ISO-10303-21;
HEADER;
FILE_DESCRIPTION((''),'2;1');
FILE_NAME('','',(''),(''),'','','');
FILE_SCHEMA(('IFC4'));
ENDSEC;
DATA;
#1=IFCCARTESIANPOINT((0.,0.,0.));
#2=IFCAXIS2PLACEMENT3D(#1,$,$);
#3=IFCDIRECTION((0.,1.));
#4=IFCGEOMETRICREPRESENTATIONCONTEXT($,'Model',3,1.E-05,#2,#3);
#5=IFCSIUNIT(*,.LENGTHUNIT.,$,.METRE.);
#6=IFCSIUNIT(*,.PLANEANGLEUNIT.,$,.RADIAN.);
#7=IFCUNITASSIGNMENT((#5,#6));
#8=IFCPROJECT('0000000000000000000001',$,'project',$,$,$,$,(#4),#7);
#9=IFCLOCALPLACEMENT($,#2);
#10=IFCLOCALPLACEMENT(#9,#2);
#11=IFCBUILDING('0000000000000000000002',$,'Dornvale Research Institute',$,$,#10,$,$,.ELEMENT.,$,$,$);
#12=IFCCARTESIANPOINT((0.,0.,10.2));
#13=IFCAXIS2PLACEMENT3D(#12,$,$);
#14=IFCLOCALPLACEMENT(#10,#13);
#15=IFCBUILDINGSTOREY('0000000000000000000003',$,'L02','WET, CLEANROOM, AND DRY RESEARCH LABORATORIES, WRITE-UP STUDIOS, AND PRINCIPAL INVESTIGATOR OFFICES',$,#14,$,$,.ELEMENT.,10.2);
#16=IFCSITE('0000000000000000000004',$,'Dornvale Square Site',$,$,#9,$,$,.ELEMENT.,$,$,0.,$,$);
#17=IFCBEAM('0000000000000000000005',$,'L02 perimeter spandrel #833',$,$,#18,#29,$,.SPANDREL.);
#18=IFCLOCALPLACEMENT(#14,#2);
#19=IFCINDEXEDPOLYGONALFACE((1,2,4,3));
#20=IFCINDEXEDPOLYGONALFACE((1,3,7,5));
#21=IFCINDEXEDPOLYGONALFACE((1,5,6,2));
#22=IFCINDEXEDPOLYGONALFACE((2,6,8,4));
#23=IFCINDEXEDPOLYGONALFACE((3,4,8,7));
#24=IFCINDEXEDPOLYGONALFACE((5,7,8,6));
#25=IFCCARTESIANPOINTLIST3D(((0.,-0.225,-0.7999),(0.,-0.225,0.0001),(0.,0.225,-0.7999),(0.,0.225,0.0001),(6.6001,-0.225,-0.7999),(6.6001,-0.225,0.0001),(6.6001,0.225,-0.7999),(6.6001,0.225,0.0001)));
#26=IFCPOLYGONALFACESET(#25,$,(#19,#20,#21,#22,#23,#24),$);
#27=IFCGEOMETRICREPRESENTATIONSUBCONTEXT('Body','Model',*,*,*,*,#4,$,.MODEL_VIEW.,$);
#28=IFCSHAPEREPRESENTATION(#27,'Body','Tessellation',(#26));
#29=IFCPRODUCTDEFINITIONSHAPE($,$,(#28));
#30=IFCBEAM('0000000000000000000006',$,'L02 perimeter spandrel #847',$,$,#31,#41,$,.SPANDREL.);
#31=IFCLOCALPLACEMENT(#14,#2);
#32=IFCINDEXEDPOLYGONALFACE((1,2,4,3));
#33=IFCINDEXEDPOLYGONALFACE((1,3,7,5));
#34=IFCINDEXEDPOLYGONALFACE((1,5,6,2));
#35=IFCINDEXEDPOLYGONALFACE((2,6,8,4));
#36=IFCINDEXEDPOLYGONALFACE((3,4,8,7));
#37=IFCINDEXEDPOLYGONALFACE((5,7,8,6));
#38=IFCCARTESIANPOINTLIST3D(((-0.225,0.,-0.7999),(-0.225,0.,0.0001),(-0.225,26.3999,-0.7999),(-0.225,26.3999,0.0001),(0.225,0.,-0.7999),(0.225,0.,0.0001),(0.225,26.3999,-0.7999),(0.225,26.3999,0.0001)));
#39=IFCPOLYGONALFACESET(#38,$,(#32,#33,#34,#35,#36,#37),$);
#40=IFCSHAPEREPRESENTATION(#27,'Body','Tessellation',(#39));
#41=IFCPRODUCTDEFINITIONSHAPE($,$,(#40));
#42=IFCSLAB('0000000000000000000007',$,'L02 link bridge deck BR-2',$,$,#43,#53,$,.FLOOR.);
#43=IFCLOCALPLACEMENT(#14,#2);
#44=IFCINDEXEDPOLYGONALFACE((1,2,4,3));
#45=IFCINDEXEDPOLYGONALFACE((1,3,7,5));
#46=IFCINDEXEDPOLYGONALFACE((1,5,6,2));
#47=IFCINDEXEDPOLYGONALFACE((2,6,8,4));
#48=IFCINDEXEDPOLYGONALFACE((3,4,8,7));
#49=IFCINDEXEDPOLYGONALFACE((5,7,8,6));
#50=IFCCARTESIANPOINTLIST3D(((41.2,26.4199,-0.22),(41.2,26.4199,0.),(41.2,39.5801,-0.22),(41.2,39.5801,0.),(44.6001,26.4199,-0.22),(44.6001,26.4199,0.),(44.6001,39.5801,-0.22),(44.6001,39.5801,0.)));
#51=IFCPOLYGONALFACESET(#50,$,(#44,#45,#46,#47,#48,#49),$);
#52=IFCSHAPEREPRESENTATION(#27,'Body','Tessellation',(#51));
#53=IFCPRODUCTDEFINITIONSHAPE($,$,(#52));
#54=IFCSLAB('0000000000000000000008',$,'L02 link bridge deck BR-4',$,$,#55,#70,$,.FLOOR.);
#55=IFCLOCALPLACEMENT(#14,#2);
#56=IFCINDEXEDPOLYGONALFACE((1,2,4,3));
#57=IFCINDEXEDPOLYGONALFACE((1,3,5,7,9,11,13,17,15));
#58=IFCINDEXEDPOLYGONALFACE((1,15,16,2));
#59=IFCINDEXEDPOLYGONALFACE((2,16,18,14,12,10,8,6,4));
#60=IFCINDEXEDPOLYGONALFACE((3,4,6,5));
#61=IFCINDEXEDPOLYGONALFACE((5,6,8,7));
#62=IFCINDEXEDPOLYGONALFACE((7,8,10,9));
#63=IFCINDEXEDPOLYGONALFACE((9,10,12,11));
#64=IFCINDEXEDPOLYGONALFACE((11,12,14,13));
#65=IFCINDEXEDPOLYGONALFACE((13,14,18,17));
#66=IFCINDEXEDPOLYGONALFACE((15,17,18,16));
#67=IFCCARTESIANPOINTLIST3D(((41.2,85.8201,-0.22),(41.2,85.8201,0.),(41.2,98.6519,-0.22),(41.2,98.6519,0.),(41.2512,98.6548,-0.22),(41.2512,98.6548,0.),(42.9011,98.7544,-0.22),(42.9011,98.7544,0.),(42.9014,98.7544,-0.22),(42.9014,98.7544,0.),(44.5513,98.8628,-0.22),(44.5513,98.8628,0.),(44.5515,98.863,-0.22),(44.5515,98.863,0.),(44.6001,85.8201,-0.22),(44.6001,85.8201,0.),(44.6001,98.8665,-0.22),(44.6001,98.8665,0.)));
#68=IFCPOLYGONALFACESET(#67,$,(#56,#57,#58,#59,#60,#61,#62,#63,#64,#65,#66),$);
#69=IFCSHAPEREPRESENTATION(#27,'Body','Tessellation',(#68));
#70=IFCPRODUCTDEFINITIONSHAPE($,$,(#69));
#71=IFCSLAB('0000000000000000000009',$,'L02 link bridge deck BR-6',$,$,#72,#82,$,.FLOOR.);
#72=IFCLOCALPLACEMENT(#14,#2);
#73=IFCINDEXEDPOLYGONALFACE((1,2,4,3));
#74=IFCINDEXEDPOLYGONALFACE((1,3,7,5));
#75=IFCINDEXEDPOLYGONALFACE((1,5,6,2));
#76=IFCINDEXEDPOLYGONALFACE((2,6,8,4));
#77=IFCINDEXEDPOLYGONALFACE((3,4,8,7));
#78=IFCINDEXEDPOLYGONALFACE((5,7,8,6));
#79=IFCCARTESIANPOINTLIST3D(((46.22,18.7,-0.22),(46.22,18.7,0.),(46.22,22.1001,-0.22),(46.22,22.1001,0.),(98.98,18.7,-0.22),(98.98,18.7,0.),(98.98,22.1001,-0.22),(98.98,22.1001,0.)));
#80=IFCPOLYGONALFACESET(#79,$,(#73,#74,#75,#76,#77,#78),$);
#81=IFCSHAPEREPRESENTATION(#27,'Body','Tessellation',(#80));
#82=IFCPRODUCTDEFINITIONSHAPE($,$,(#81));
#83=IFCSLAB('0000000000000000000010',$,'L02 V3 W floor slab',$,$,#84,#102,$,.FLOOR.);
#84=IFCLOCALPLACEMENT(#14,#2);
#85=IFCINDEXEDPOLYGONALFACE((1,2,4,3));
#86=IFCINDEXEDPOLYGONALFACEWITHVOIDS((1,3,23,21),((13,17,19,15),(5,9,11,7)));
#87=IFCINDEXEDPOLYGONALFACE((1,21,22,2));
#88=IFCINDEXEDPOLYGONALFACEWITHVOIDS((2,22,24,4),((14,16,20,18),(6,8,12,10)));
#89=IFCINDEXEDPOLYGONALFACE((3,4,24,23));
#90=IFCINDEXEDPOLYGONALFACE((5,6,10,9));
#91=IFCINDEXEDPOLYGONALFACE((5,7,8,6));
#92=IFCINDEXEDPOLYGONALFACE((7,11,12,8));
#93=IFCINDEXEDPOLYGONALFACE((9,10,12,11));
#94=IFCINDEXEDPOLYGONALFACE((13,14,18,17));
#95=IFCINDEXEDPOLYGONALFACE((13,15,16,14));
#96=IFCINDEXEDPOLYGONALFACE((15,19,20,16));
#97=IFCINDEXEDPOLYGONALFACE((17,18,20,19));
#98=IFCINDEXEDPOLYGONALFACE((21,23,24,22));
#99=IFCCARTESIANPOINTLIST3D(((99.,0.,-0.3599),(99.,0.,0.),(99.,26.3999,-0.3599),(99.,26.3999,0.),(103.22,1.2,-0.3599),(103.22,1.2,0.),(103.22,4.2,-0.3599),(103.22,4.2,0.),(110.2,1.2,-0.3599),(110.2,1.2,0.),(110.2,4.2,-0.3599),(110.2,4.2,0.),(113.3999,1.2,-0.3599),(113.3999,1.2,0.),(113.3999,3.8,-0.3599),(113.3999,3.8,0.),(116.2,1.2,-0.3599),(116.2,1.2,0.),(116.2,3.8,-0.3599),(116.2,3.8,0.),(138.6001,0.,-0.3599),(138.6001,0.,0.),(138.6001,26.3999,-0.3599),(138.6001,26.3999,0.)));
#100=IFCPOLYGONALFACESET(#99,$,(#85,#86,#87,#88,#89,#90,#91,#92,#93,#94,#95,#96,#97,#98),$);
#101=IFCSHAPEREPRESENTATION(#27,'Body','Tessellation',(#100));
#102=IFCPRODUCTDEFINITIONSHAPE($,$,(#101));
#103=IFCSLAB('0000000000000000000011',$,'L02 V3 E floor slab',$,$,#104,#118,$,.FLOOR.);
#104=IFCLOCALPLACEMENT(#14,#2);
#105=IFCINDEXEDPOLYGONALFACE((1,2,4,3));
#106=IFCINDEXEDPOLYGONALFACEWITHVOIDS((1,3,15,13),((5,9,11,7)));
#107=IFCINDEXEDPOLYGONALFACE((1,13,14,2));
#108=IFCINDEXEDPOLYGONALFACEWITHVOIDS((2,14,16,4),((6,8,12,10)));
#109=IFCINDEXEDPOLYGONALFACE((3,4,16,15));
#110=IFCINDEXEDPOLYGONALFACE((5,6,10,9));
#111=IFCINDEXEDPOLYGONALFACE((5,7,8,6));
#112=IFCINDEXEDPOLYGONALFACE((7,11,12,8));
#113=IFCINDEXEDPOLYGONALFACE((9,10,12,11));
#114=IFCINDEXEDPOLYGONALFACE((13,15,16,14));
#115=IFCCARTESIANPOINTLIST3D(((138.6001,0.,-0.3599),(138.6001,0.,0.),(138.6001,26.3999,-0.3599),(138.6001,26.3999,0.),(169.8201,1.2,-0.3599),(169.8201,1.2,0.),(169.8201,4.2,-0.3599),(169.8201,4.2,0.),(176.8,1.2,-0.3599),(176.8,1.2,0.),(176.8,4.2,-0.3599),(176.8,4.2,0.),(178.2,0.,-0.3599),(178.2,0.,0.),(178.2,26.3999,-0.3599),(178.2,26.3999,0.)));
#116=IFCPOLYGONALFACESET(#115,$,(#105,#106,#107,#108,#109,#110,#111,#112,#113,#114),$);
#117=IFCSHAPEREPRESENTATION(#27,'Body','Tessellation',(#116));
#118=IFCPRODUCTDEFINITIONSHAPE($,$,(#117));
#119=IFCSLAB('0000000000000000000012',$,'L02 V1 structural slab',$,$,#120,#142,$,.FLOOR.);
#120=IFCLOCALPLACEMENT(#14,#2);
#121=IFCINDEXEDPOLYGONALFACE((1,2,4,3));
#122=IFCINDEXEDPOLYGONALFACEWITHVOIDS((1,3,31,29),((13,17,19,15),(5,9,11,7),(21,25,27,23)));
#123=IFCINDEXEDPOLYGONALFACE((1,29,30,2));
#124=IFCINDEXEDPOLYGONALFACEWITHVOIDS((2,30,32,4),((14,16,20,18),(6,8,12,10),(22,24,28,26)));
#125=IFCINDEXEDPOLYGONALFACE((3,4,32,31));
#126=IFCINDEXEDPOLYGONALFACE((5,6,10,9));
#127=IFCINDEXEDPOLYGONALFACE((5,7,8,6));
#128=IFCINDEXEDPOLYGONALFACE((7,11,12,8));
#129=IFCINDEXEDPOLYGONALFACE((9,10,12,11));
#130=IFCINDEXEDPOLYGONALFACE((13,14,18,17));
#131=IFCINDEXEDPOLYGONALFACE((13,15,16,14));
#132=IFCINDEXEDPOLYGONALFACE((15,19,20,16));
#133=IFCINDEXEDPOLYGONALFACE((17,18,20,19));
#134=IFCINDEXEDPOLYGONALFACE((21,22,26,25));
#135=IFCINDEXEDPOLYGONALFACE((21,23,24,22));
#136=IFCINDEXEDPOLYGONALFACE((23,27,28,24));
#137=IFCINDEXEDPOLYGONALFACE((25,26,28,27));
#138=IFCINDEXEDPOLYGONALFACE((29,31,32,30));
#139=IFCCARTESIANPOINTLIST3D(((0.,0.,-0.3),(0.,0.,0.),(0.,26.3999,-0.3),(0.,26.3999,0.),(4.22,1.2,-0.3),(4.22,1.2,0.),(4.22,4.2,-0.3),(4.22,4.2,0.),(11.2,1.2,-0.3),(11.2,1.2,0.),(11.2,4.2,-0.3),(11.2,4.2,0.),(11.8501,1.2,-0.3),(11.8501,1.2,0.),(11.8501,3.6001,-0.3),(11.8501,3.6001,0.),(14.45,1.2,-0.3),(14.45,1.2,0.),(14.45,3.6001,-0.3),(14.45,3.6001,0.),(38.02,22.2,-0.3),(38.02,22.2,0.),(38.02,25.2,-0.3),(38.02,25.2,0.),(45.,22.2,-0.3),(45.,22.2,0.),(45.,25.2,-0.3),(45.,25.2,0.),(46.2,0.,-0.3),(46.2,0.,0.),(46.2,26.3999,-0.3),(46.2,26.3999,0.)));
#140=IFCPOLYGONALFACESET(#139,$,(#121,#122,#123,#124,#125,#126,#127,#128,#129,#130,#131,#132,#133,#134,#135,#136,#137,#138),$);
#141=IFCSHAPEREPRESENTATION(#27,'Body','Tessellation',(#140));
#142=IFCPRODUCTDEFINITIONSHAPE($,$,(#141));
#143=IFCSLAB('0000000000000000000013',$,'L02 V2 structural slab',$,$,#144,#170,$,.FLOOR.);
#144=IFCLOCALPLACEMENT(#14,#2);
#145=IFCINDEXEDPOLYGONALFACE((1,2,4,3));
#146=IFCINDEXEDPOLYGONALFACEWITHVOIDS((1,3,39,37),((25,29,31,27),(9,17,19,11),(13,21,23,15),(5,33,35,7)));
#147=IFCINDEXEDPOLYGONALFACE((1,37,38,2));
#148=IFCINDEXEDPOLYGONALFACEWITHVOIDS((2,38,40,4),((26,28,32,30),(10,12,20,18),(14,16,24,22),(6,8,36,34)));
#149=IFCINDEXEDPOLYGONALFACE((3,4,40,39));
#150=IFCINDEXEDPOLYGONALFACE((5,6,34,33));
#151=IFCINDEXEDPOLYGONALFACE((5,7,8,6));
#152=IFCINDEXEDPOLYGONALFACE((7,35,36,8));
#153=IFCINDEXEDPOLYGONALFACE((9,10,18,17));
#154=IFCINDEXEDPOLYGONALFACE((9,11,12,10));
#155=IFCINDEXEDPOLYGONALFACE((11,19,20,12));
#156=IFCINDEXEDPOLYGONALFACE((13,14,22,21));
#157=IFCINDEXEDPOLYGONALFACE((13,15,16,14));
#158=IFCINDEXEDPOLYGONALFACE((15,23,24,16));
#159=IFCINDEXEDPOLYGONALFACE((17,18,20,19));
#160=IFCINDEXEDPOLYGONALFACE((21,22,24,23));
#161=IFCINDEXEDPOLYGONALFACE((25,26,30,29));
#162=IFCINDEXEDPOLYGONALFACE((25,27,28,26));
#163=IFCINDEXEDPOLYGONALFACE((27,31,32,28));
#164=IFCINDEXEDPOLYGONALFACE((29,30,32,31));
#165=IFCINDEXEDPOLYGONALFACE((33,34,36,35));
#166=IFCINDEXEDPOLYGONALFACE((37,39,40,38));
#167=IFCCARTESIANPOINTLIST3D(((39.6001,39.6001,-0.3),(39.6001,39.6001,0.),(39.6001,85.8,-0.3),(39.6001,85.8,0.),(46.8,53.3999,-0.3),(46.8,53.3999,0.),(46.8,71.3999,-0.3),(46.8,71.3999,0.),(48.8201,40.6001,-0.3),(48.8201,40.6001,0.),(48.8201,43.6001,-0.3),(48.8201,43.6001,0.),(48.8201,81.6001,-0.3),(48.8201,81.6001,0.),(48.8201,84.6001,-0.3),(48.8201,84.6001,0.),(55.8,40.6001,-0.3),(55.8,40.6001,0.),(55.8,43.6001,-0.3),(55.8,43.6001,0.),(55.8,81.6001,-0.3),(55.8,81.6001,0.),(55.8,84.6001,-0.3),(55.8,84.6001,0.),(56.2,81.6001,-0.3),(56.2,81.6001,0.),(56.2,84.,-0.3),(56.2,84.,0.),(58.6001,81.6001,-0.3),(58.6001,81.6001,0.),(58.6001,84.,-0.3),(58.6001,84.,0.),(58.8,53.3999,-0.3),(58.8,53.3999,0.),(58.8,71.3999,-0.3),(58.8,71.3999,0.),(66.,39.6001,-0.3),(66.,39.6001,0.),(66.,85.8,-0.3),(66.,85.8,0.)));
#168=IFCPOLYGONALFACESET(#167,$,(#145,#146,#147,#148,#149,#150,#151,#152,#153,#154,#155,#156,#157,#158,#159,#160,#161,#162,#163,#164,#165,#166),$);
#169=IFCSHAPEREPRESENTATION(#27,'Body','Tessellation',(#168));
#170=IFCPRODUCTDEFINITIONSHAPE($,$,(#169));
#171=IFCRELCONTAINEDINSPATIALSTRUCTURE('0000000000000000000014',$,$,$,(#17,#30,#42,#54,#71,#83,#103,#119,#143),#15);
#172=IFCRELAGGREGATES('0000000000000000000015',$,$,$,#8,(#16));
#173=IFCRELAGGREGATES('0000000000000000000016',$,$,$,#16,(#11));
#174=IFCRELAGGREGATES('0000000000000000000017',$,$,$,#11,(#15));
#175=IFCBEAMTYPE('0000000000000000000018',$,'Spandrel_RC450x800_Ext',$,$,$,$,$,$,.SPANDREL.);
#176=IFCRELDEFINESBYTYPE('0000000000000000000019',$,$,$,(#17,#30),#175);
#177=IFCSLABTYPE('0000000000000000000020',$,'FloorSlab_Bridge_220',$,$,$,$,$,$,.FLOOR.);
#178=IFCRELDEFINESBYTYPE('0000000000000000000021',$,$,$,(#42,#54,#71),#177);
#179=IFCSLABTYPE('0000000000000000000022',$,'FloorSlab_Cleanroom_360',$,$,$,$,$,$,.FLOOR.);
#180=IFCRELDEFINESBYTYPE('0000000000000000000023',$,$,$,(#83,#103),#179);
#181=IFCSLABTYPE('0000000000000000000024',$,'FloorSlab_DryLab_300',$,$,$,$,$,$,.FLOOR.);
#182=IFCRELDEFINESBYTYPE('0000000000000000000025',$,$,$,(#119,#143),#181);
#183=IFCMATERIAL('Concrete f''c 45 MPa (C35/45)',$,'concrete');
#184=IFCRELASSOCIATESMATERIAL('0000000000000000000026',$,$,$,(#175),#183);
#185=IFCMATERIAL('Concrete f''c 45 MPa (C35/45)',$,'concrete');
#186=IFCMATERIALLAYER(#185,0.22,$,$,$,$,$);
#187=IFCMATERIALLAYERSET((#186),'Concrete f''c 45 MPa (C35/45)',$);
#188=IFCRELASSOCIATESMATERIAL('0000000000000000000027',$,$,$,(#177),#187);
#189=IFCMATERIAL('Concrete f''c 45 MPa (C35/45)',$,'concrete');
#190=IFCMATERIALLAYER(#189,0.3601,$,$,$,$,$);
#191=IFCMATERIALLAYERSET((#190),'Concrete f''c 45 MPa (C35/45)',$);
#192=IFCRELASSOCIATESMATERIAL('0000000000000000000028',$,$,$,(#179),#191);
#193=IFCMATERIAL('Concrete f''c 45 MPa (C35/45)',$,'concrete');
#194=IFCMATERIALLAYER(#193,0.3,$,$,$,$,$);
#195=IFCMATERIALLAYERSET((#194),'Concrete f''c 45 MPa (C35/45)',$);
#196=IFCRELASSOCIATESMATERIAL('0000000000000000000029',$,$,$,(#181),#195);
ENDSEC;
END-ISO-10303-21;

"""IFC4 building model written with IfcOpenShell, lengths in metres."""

from ifc_helpers import new_model, si_unit, direction, frame, origin, origin_2d, place, context, subcontext, project, spatial, polyline, rectangle, outline, extrude, material, layer, layer_set, material_profile, profile_set, type_object, element, save


model = new_model("IFC4")

# Units and contexts
model_context = context("Model", 3, precision=1e-05, world=origin(), true_north=direction((0.0, 1.0)))
body_context = subcontext(model_context, "Body", "Model", "MODEL_VIEW")
ifc_project = project(units=[si_unit("LENGTHUNIT", "METRE"), si_unit("PLANEANGLEUNIT", "RADIAN")], contexts=[model_context])

# Site, building, storey
site_placement = place(None, origin())
site = spatial("IfcSite", under=ifc_project, at=site_placement, Name="Dornvale Square Site", CompositionType="ELEMENT", RefElevation=0.0)
building_placement = place(site_placement, origin())
building = spatial("IfcBuilding", under=site, at=building_placement, Name="Dornvale Research Institute", CompositionType="ELEMENT")
storey_placement = place(building_placement, frame((0.0, 0.0, 10.2)))
storey = spatial("IfcBuildingStorey", under=building, at=storey_placement, Name="L02", Description="WET, CLEANROOM, AND DRY RESEARCH LABORATORIES, WRITE-UP STUDIOS, AND PRINCIPAL INVESTIGATOR OFFICES", CompositionType="ELEMENT", Elevation=10.2)

# Beams
ifc_material_1 = material(Name="Concrete f'c 45 MPa (C35/45)", Category="concrete")
ifc_material_profile = material_profile(ifc_material_1, rectangle(XDim=0.45, YDim=0.8, at=origin_2d()), Name="RC 450x800")
ifc_profile_set = profile_set([ifc_material_profile], Name="Concrete f'c 45 MPa (C35/45)")
beam_type = type_object("IfcBeamType", Name="Spandrel_RC450x800_Ext", PredefinedType="SPANDREL", material=ifc_profile_set)
beam_1_placement = place(storey_placement, frame((0.0, 0.0, -0.3999), z_axis=(1.0, 0.0, 0.0), x_axis=(0.0, 1.0, 0.0)))
element("IfcBeam", 1, at=beam_1_placement, inside=storey, type_object=beam_type, Name="L02 perimeter spandrel #833", PredefinedType="SPANDREL", context=body_context, shape_type="SweptSolid", body=[
    extrude(rectangle(XDim=0.45, YDim=0.8, at=origin_2d()), origin(), (0.0, 0.0, 1.0), 6.6001),
])
beam_2_placement = place(storey_placement, frame((0.0, 0.0, -0.3999), z_axis=(0.0, 1.0, 0.0), x_axis=(-1.0, 0.0, 0.0)))
element("IfcBeam", 2, at=beam_2_placement, inside=storey, type_object=beam_type, Name="L02 perimeter spandrel #847", PredefinedType="SPANDREL", context=body_context, shape_type="SweptSolid", body=[
    extrude(rectangle(XDim=0.45, YDim=0.8, at=origin_2d()), origin(), (0.0, 0.0, 1.0), 26.3999),
])

# Slabs
ifc_material_2 = material(Name="Concrete f'c 45 MPa (C35/45)", Category="concrete")
ifc_layer_1 = layer(ifc_material_2, 0.22)
ifc_layer_set_1 = layer_set([ifc_layer_1], Name="Concrete f'c 45 MPa (C35/45)")
slab_type_1 = type_object("IfcSlabType", Name="FloorSlab_Bridge_220", PredefinedType="FLOOR", material=ifc_layer_set_1)
slab_1_placement = place(storey_placement, frame((0.0, 0.0, -0.22)))
element("IfcSlab", 3, at=slab_1_placement, inside=storey, type_object=slab_type_1, Name="L02 link bridge deck BR-2", PredefinedType="FLOOR", context=body_context, shape_type="SweptSolid", body=[
    extrude(outline(polyline([(41.2, 39.5801), (44.6001, 39.5801), (44.6001, 26.4199), (41.2, 26.4199), (41.2, 39.5801)])), origin(), (0.0, 0.0, 1.0), 0.22),
])
slab_2_placement = place(storey_placement, frame((0.0, 0.0, -0.22)))
element("IfcSlab", 4, at=slab_2_placement, inside=storey, type_object=slab_type_1, Name="L02 link bridge deck BR-4", PredefinedType="FLOOR", context=body_context, shape_type="SweptSolid", body=[
    extrude(outline(polyline([(41.2, 85.8201), (41.2, 98.6519), (41.2512, 98.6548), (41.2512, 98.6548), (42.9011, 98.7544), (42.9014, 98.7544), (44.5513, 98.8628), (44.5515, 98.863), (44.6001, 98.8665), (44.6001, 85.8201), (41.2, 85.8201)])), origin(), (0.0, 0.0, 1.0), 0.22),
])
slab_3_placement = place(storey_placement, frame((0.0, 0.0, -0.22)))
element("IfcSlab", 5, at=slab_3_placement, inside=storey, type_object=slab_type_1, Name="L02 link bridge deck BR-6", PredefinedType="FLOOR", context=body_context, shape_type="SweptSolid", body=[
    extrude(outline(polyline([(46.22, 22.1001), (98.98, 22.1001), (98.98, 18.7), (46.22, 18.7), (46.22, 22.1001)])), origin(), (0.0, 0.0, 1.0), 0.22),
])
ifc_material_3 = material(Name="Concrete f'c 45 MPa (C35/45)", Category="concrete")
ifc_layer_2 = layer(ifc_material_3, 0.3601)
ifc_layer_set_2 = layer_set([ifc_layer_2], Name="Concrete f'c 45 MPa (C35/45)")
slab_type_2 = type_object("IfcSlabType", Name="FloorSlab_Cleanroom_360", PredefinedType="FLOOR", material=ifc_layer_set_2)
slab_4_placement = place(storey_placement, frame((0.0, 0.0, -0.3599)))
element("IfcSlab", 6, at=slab_4_placement, inside=storey, type_object=slab_type_2, Name="L02 V3 W floor slab", PredefinedType="FLOOR", context=body_context, shape_type="SweptSolid", body=[
    extrude(outline(polyline([(99.0, 0.0), (99.0, 26.3999), (138.6001, 26.3999), (138.6001, 0.0), (99.0, 0.0)]), holes=[polyline([(103.22, 1.2), (110.2, 1.2), (110.2, 4.2), (103.22, 4.2), (103.22, 1.2)]), polyline([(113.3999, 1.2), (116.2, 1.2), (116.2, 3.8), (113.3999, 3.8), (113.3999, 1.2)])]), origin(), (0.0, 0.0, 1.0), 0.3599),
])
slab_5_placement = place(storey_placement, frame((0.0, 0.0, -0.3599)))
element("IfcSlab", 7, at=slab_5_placement, inside=storey, type_object=slab_type_2, Name="L02 V3 E floor slab", PredefinedType="FLOOR", context=body_context, shape_type="SweptSolid", body=[
    extrude(outline(polyline([(178.2, 26.3999), (178.2, 0.0), (138.6001, 0.0), (138.6001, 26.3999), (178.2, 26.3999)]), holes=[polyline([(169.8201, 1.2), (176.8, 1.2), (176.8, 4.2), (169.8201, 4.2), (169.8201, 1.2)])]), origin(), (0.0, 0.0, 1.0), 0.3599),
])
ifc_material_4 = material(Name="Concrete f'c 45 MPa (C35/45)", Category="concrete")
ifc_layer_3 = layer(ifc_material_4, 0.3)
ifc_layer_set_3 = layer_set([ifc_layer_3], Name="Concrete f'c 45 MPa (C35/45)")
slab_type_3 = type_object("IfcSlabType", Name="FloorSlab_DryLab_300", PredefinedType="FLOOR", material=ifc_layer_set_3)
slab_6_placement = place(storey_placement, frame((0.0, 0.0, -0.3)))
element("IfcSlab", 8, at=slab_6_placement, inside=storey, type_object=slab_type_3, Name="L02 V1 structural slab", PredefinedType="FLOOR", context=body_context, shape_type="SweptSolid", body=[
    extrude(outline(polyline([(0.0, 0.0), (46.2, 0.0), (46.2, 26.3999), (0.0, 26.3999), (0.0, 0.0)]), holes=[polyline([(4.22, 1.2), (11.2, 1.2), (11.2, 4.2), (4.22, 4.2), (4.22, 1.2)]), polyline([(38.02, 22.2), (45.0, 22.2), (45.0, 25.2), (38.02, 25.2), (38.02, 22.2)]), polyline([(11.8501, 1.2), (14.45, 1.2), (14.45, 3.6001), (11.8501, 3.6001), (11.8501, 1.2)])]), origin(), (0.0, 0.0, 1.0), 0.3),
])
slab_7_placement = place(storey_placement, frame((0.0, 0.0, -0.3)))
element("IfcSlab", 9, at=slab_7_placement, inside=storey, type_object=slab_type_3, Name="L02 V2 structural slab", PredefinedType="FLOOR", context=body_context, shape_type="SweptSolid", body=[
    extrude(outline(polyline([(39.6001, 39.6001), (66.0, 39.6001), (66.0, 85.8), (39.6001, 85.8), (39.6001, 39.6001)]), holes=[polyline([(48.8201, 40.6001), (55.8, 40.6001), (55.8, 43.6001), (48.8201, 43.6001), (48.8201, 40.6001)]), polyline([(48.8201, 81.6001), (55.8, 81.6001), (55.8, 84.6001), (48.8201, 84.6001), (48.8201, 81.6001)]), polyline([(56.2, 81.6001), (58.6001, 81.6001), (58.6001, 84.0), (56.2, 84.0), (56.2, 81.6001)]), polyline([(46.8, 53.3999), (58.8, 53.3999), (58.8, 71.3999), (46.8, 71.3999), (46.8, 53.3999)])]), origin(), (0.0, 0.0, 1.0), 0.3),
])

save(model, "model.ifc")
